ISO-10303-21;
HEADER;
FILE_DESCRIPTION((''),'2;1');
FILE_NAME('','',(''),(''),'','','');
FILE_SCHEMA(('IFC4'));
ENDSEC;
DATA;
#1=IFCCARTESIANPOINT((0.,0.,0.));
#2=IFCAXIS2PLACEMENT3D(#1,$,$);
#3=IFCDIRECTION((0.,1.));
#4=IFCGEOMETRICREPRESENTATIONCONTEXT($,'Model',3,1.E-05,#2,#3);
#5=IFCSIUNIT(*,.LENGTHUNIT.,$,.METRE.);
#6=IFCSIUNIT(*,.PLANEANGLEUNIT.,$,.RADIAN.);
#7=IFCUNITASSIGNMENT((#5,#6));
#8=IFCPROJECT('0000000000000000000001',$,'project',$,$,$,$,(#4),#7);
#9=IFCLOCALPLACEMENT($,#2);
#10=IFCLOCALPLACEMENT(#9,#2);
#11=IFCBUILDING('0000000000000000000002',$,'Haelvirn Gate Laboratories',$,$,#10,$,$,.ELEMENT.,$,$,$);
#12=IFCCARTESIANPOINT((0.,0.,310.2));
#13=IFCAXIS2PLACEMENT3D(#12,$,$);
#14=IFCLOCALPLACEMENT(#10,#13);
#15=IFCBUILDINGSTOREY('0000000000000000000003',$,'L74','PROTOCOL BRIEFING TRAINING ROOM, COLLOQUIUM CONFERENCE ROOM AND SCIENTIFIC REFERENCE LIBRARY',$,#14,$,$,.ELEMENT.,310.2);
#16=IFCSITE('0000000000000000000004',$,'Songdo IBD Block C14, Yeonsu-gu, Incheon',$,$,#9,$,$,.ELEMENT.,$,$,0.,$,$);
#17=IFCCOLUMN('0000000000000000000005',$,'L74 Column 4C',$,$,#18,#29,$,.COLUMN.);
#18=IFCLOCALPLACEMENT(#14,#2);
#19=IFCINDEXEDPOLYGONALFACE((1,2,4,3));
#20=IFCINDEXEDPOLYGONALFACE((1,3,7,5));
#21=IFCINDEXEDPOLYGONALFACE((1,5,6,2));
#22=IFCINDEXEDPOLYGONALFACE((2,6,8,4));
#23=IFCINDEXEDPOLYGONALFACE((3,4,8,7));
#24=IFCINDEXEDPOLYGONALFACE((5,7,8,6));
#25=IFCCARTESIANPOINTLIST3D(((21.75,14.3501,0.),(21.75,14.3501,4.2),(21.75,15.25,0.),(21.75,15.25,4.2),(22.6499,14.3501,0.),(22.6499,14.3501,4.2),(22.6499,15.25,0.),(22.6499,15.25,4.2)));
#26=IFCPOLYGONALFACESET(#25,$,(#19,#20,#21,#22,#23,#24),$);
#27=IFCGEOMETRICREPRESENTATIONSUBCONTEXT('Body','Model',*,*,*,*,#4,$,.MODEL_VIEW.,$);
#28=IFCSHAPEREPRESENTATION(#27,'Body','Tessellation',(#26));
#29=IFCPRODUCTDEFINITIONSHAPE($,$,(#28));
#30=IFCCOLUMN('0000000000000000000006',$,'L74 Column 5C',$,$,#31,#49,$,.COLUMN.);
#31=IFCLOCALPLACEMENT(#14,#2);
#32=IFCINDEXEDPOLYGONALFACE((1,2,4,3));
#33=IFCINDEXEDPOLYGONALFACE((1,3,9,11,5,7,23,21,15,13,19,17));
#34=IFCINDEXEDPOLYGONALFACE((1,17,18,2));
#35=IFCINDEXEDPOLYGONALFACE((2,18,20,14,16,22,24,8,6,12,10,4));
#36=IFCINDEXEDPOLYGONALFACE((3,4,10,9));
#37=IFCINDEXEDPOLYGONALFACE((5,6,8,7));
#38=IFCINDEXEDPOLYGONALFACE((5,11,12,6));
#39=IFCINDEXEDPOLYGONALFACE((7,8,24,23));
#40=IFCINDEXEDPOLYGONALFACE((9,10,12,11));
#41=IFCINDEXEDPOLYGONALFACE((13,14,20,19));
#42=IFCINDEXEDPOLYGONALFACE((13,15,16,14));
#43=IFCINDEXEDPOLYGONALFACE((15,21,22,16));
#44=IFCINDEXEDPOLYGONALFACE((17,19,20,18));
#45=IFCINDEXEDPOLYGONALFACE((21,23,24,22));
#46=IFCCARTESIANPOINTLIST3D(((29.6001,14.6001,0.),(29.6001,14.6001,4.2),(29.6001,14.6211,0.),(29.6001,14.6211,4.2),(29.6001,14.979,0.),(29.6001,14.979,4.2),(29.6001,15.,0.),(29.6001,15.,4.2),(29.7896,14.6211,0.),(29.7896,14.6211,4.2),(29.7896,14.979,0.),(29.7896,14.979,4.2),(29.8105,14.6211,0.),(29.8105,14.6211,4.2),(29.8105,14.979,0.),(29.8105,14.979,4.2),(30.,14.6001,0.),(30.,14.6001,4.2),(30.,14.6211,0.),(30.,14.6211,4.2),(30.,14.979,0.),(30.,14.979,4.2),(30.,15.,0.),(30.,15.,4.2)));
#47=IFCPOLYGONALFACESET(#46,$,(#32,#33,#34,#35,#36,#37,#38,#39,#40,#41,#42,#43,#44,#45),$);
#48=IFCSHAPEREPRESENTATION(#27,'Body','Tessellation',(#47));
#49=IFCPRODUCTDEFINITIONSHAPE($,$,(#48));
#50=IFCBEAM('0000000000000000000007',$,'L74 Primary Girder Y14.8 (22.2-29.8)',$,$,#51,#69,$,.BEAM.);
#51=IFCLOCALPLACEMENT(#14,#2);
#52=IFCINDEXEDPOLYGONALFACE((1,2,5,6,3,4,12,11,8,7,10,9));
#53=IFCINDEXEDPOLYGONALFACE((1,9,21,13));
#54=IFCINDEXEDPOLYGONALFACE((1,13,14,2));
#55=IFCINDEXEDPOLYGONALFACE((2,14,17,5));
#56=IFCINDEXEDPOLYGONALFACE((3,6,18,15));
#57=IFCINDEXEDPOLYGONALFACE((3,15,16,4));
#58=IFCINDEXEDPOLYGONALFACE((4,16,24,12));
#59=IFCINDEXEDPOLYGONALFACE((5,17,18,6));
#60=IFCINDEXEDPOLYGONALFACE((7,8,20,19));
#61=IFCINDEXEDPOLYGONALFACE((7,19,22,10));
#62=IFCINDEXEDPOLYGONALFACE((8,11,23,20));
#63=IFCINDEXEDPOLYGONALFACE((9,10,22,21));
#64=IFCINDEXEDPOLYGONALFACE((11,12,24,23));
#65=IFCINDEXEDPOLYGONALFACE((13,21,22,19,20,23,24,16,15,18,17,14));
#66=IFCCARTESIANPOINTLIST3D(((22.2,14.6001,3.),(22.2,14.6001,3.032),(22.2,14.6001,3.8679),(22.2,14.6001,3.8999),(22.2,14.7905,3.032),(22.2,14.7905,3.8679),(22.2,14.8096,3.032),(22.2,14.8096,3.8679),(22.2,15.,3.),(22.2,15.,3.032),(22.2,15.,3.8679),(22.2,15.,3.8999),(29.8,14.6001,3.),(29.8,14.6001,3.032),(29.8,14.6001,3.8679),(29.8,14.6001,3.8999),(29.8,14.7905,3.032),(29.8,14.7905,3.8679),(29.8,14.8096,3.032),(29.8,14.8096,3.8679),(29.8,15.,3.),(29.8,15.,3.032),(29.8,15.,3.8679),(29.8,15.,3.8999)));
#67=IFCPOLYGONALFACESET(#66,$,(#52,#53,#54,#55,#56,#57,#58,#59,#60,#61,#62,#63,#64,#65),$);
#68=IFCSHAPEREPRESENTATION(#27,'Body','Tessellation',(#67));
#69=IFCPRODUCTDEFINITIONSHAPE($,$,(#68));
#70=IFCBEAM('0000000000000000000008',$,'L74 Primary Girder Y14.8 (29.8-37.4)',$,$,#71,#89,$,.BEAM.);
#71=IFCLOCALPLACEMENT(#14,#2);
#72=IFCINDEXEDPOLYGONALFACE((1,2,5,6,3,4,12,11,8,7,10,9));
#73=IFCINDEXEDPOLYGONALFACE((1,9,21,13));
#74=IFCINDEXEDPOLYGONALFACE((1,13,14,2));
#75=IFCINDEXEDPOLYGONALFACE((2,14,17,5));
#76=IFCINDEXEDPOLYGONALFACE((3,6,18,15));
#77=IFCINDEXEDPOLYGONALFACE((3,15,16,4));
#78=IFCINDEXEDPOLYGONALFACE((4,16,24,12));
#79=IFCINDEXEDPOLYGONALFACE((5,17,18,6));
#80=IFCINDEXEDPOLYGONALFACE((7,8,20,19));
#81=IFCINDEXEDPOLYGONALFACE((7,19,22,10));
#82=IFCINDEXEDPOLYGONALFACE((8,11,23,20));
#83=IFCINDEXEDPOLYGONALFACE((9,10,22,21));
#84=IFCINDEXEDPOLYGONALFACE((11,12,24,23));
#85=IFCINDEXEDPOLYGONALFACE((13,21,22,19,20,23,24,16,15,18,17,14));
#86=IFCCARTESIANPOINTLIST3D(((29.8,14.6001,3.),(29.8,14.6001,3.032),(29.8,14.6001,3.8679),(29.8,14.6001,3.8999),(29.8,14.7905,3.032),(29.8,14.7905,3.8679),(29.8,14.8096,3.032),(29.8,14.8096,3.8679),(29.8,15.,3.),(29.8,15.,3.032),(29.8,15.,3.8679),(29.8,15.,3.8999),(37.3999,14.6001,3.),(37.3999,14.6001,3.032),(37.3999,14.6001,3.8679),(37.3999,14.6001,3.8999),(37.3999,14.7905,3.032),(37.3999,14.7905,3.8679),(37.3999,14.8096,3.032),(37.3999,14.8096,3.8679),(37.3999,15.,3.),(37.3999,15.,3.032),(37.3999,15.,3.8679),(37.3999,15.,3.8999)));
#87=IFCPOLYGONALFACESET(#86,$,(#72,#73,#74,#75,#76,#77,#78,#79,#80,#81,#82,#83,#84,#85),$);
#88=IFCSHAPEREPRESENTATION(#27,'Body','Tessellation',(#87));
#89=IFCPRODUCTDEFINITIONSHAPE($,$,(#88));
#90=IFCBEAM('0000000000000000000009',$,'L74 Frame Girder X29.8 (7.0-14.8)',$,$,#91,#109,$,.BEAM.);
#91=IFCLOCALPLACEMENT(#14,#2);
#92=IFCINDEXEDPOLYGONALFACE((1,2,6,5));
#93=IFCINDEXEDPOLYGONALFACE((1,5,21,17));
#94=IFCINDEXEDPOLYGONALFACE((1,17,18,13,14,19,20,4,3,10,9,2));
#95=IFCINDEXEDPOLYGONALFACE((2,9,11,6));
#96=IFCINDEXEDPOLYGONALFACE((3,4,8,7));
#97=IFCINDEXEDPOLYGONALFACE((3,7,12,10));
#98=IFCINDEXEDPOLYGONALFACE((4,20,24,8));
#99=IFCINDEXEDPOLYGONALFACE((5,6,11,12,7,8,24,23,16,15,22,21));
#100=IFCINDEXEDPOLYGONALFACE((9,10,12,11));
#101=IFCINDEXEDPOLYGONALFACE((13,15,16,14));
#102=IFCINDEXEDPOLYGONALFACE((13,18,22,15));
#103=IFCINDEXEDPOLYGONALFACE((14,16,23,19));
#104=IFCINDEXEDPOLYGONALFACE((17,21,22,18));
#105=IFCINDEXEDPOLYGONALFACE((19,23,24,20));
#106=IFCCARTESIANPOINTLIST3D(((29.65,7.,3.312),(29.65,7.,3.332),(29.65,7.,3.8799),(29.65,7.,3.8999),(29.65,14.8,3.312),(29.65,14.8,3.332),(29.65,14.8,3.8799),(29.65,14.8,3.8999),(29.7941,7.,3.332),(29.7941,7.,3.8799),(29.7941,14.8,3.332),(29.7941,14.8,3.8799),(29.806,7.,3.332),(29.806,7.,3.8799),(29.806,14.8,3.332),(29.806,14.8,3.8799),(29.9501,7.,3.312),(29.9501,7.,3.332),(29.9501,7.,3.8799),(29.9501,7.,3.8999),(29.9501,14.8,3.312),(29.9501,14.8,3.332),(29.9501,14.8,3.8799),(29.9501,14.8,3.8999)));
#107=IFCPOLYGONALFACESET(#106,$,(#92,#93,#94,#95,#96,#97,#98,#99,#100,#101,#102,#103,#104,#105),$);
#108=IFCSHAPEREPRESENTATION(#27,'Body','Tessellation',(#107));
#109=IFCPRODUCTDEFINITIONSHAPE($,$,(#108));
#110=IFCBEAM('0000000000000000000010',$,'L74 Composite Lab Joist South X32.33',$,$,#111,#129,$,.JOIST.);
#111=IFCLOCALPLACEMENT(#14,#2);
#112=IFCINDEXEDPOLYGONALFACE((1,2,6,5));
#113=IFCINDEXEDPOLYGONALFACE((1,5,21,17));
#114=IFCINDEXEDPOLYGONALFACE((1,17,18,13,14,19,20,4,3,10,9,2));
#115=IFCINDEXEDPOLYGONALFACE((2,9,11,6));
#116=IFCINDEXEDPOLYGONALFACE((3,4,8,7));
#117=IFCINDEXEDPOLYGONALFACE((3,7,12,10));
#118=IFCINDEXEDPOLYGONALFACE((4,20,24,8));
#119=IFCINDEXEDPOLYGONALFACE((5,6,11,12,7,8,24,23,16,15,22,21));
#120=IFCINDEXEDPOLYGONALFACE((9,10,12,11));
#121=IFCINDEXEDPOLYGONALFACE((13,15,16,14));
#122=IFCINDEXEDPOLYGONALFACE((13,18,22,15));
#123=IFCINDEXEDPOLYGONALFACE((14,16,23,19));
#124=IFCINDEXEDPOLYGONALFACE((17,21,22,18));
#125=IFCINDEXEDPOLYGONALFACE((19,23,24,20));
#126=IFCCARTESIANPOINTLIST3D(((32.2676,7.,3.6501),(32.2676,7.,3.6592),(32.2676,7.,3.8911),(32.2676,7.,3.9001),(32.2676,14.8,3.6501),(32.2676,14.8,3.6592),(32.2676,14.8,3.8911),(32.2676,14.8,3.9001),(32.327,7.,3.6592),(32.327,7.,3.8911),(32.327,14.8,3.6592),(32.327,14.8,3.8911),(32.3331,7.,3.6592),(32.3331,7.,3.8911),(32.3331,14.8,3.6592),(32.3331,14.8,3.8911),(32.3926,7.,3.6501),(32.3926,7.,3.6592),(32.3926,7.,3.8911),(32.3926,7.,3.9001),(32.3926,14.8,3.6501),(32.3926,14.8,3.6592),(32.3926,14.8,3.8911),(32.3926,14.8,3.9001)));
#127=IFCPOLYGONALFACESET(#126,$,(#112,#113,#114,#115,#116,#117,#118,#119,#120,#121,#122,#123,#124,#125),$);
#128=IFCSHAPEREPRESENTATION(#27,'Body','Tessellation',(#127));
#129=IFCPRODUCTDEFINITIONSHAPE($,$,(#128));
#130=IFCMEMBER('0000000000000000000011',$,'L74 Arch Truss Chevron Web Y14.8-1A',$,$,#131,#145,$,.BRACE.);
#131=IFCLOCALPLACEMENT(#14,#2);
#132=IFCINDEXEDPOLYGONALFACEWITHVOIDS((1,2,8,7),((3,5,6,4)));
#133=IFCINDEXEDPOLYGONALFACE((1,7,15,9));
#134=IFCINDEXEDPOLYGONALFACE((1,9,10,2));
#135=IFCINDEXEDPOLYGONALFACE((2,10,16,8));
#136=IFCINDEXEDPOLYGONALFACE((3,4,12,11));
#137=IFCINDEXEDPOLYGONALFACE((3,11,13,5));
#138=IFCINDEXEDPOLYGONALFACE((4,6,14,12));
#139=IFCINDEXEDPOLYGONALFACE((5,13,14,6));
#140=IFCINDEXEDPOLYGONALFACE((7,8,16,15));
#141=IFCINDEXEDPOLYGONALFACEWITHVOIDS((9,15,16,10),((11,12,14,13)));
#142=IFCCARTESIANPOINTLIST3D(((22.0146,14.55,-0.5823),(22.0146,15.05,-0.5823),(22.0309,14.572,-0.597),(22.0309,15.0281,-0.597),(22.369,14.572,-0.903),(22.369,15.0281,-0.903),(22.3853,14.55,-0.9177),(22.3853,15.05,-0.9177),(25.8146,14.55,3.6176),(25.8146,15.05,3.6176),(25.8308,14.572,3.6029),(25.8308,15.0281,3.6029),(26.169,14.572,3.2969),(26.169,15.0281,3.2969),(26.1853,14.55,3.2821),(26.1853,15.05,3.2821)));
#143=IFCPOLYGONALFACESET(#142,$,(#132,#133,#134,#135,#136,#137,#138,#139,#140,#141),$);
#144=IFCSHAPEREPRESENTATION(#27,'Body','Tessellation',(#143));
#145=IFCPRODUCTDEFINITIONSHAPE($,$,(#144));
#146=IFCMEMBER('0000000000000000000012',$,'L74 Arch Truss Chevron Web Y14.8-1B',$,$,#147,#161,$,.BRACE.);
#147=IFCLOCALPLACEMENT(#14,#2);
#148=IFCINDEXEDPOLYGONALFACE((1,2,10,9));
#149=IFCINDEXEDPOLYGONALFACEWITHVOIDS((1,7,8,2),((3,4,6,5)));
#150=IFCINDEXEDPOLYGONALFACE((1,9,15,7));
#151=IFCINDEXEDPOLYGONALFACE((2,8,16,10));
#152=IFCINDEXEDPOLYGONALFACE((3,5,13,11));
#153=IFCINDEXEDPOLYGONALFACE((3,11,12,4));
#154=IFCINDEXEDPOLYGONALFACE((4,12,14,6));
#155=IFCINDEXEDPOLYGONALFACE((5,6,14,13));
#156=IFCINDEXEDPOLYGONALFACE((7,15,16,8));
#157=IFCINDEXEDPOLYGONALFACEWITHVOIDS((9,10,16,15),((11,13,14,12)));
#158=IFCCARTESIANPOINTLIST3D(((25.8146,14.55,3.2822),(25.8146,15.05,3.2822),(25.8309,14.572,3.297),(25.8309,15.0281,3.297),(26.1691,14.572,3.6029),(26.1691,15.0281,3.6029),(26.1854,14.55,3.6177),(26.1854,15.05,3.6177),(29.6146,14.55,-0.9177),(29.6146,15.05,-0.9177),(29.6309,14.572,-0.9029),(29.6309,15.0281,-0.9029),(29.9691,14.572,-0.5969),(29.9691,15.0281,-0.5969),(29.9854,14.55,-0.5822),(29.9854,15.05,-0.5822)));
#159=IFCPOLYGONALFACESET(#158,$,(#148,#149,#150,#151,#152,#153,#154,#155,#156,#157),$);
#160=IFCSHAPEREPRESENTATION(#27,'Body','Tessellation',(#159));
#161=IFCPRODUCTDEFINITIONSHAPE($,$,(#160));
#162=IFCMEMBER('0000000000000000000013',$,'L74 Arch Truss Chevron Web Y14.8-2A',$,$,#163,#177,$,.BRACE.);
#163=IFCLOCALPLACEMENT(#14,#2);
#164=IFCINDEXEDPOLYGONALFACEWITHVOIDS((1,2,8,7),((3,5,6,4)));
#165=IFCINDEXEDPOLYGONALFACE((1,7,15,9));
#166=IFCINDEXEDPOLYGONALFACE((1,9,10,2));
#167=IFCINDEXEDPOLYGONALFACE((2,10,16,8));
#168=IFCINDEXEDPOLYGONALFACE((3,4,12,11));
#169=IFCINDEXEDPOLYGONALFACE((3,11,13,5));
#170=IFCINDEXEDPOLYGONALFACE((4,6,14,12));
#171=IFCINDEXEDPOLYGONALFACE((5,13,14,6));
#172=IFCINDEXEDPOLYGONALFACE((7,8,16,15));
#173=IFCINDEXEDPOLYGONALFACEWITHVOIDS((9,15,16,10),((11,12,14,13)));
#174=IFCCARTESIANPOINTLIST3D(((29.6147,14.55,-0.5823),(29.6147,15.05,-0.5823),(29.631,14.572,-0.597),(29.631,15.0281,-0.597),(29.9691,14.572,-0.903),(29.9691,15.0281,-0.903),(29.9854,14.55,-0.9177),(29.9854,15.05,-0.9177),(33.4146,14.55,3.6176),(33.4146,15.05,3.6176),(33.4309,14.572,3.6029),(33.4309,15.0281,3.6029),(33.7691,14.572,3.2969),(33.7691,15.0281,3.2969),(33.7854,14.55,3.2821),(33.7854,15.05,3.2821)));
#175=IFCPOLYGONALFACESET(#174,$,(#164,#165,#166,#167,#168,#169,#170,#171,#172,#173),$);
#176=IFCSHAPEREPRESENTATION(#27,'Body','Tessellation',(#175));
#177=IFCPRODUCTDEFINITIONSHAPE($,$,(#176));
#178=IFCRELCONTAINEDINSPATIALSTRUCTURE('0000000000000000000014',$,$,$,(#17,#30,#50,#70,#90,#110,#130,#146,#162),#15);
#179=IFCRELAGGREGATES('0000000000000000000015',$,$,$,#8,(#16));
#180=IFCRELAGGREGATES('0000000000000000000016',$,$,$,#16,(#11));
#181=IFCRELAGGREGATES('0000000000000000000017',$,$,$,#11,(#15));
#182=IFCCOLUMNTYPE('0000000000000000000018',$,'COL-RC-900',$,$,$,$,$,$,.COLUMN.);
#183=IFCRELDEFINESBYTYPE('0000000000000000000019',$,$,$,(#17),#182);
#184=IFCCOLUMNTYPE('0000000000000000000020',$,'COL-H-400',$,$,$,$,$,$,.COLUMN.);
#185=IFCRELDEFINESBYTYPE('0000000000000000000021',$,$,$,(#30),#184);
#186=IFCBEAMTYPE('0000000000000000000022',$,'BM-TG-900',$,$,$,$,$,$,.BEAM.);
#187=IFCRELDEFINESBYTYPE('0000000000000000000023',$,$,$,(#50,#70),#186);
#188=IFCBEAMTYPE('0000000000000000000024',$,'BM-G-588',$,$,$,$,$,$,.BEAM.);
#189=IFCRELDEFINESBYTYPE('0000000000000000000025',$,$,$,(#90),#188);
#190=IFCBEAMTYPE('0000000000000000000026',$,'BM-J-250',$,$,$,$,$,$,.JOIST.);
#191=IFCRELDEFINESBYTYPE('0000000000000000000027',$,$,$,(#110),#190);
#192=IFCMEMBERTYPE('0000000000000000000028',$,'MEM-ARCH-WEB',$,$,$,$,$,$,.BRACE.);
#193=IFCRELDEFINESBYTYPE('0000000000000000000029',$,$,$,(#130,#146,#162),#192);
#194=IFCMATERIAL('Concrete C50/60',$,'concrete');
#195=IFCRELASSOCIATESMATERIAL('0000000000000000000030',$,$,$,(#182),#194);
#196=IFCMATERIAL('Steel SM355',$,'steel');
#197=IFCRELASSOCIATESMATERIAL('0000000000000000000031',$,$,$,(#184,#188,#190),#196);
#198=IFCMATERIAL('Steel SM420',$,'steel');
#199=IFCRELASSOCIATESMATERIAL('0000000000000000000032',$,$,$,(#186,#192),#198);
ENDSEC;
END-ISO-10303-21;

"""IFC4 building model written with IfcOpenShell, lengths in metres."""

from ifc_helpers import new_model, si_unit, direction, frame, origin, origin_2d, place, context, subcontext, project, spatial, rectangle, hollow_rectangle, i_section, extrude, source, transform, mapped, material, material_profile, profile_set, type_object, type_shapes, element, save


model = new_model("IFC4")

# Units and contexts
model_context = context("Model", 3, precision=1e-05, world=origin(), true_north=direction((0.0, 1.0)))
body_context = subcontext(model_context, "Body", "Model", "MODEL_VIEW")
ifc_project = project(units=[si_unit("LENGTHUNIT", "METRE"), si_unit("PLANEANGLEUNIT", "RADIAN")], contexts=[model_context])

# Site, building, storey
site_placement = place(None, origin())
site = spatial("IfcSite", under=ifc_project, at=site_placement, Name="Songdo IBD Block C14, Yeonsu-gu, Incheon", CompositionType="ELEMENT", RefElevation=0.0)
building_placement = place(site_placement, origin())
building = spatial("IfcBuilding", under=site, at=building_placement, Name="Haelvirn Gate Laboratories", CompositionType="ELEMENT")
storey_placement = place(building_placement, frame((0.0, 0.0, 310.2)))
storey = spatial("IfcBuildingStorey", under=building, at=storey_placement, Name="L74", Description="PROTOCOL BRIEFING TRAINING ROOM, COLLOQUIUM CONFERENCE ROOM AND SCIENTIFIC REFERENCE LIBRARY", CompositionType="ELEMENT", Elevation=310.2)

# Columns
ifc_material_1 = material(Name="Concrete C50/60", Category="concrete")
ifc_material_profile_1 = material_profile(ifc_material_1, rectangle(XDim=0.8999, YDim=0.8999, at=origin_2d()), Name="RC-900x900")
ifc_profile_set_1 = profile_set([ifc_material_profile_1], Name="Concrete C50/60")
column_type_1 = type_object("IfcColumnType", Name="COL-RC-900", PredefinedType="COLUMN", material=ifc_profile_set_1)
shared_shape_1 = source(origin(), body_context, "Body", "SweptSolid", [
    extrude(rectangle(XDim=0.8999, YDim=0.8999, at=origin_2d()), origin(), (0.0, 0.0, 1.0), 4.2),
])
type_shapes(column_type_1, [shared_shape_1])
column_1_placement = place(storey_placement, frame((22.2, 14.8, 0.0), z_axis=(0.0, 0.0, 1.0), x_axis=(1.0, 0.0, 0.0)))
element("IfcColumn", 1, at=column_1_placement, inside=storey, type_object=column_type_1, Name="L74 Column 4C", PredefinedType="COLUMN", context=body_context, shape_type="MappedRepresentation", body=[
    mapped(shared_shape_1, transform((0.0, 0.0, 0.0), scale=1.0)),
])
ifc_material_2 = material(Name="Steel SM355", Category="steel")
ifc_material_profile_2 = material_profile(ifc_material_2, i_section(OverallWidth=0.3999, OverallDepth=0.3999, WebThickness=0.021, FlangeThickness=0.021, at=origin_2d()), Name="H-400x400x21x21")
ifc_profile_set_2 = profile_set([ifc_material_profile_2], Name="Steel SM355")
column_type_2 = type_object("IfcColumnType", Name="COL-H-400", PredefinedType="COLUMN", material=ifc_profile_set_2)
shared_shape_2 = source(origin(), body_context, "Body", "SweptSolid", [
    extrude(i_section(OverallWidth=0.3999, OverallDepth=0.3999, WebThickness=0.021, FlangeThickness=0.021, at=origin_2d()), origin(), (0.0, 0.0, 1.0), 4.2),
])
type_shapes(column_type_2, [shared_shape_2])
column_2_placement = place(storey_placement, frame((29.8, 14.8, 0.0), z_axis=(0.0, 0.0, 1.0), x_axis=(1.0, 0.0, 0.0)))
element("IfcColumn", 2, at=column_2_placement, inside=storey, type_object=column_type_2, Name="L74 Column 5C", PredefinedType="COLUMN", context=body_context, shape_type="MappedRepresentation", body=[
    mapped(shared_shape_2, transform((0.0, 0.0, 0.0), scale=1.0)),
])

# Beams
ifc_material_3 = material(Name="Steel SM420", Category="steel")
ifc_material_profile_3 = material_profile(ifc_material_3, i_section(OverallWidth=0.3999, OverallDepth=0.8999, WebThickness=0.019, FlangeThickness=0.032, at=origin_2d()), Name="H-900x400x19x32")
ifc_profile_set_3 = profile_set([ifc_material_profile_3], Name="Steel SM420")
beam_type_1 = type_object("IfcBeamType", Name="BM-TG-900", PredefinedType="BEAM", material=ifc_profile_set_3)
shared_shape_3 = source(origin(), body_context, "Body", "SweptSolid", [
    extrude(i_section(OverallWidth=0.3999, OverallDepth=0.8999, WebThickness=0.019, FlangeThickness=0.032, at=origin_2d()), origin(), (0.0, 0.0, 1.0), 7.6001),
])
beam_1_placement = place(storey_placement, frame((22.2, 14.8, 3.45), z_axis=(1.0, 0.0, 0.0), x_axis=(0.0, 1.0, 0.0)))
element("IfcBeam", 3, at=beam_1_placement, inside=storey, type_object=beam_type_1, Name="L74 Primary Girder Y14.8 (22.2-29.8)", PredefinedType="BEAM", context=body_context, shape_type="MappedRepresentation", body=[
    mapped(shared_shape_3, transform((0.0, 0.0, 0.0), scale=1.0)),
])
shared_shape_4 = source(origin(), body_context, "Body", "SweptSolid", [
    extrude(i_section(OverallWidth=0.3999, OverallDepth=0.8999, WebThickness=0.019, FlangeThickness=0.032, at=origin_2d()), origin(), (0.0, 0.0, 1.0), 7.5999),
])
type_shapes(beam_type_1, [shared_shape_3, shared_shape_4])
beam_2_placement = place(storey_placement, frame((29.8, 14.8, 3.45), z_axis=(1.0, 0.0, 0.0), x_axis=(0.0, 1.0, 0.0)))
element("IfcBeam", 4, at=beam_2_placement, inside=storey, type_object=beam_type_1, Name="L74 Primary Girder Y14.8 (29.8-37.4)", PredefinedType="BEAM", context=body_context, shape_type="MappedRepresentation", body=[
    mapped(shared_shape_4, transform((0.0, 0.0, 0.0), scale=1.0)),
])
ifc_material_profile_4 = material_profile(ifc_material_2, i_section(OverallWidth=0.3, OverallDepth=0.5879, WebThickness=0.012, FlangeThickness=0.02, at=origin_2d()), Name="H-588x300x12x20")
ifc_profile_set_4 = profile_set([ifc_material_profile_4], Name="Steel SM355")
beam_type_2 = type_object("IfcBeamType", Name="BM-G-588", PredefinedType="BEAM", material=ifc_profile_set_4)
shared_shape_5 = source(origin(), body_context, "Body", "SweptSolid", [
    extrude(i_section(OverallWidth=0.3, OverallDepth=0.5879, WebThickness=0.012, FlangeThickness=0.02, at=origin_2d()), origin(), (0.0, 0.0, 1.0), 7.8),
])
type_shapes(beam_type_2, [shared_shape_5])
beam_3_placement = place(storey_placement, frame((29.8, 7.0, 3.606), z_axis=(0.0, 1.0, 0.0), x_axis=(-1.0, 0.0, 0.0)))
element("IfcBeam", 5, at=beam_3_placement, inside=storey, type_object=beam_type_2, Name="L74 Frame Girder X29.8 (7.0-14.8)", PredefinedType="BEAM", context=body_context, shape_type="MappedRepresentation", body=[
    mapped(shared_shape_5, transform((0.0, 0.0, 0.0), scale=1.0)),
])
ifc_material_profile_5 = material_profile(ifc_material_2, i_section(OverallWidth=0.125, OverallDepth=0.25, WebThickness=0.0061, FlangeThickness=0.009, at=origin_2d()), Name="H-250x125x6x9")
ifc_profile_set_5 = profile_set([ifc_material_profile_5], Name="Steel SM355")
beam_type_3 = type_object("IfcBeamType", Name="BM-J-250", PredefinedType="JOIST", material=ifc_profile_set_5)
shared_shape_6 = source(origin(), body_context, "Body", "SweptSolid", [
    extrude(i_section(OverallWidth=0.125, OverallDepth=0.25, WebThickness=0.0061, FlangeThickness=0.009, at=origin_2d()), origin(), (0.0, 0.0, 1.0), 7.8),
])
type_shapes(beam_type_3, [shared_shape_6])
beam_4_placement = place(storey_placement, frame((32.3301, 7.0, 3.7751), z_axis=(0.0, 1.0, 0.0), x_axis=(-1.0, 0.0, 0.0)))
element("IfcBeam", 6, at=beam_4_placement, inside=storey, type_object=beam_type_3, Name="L74 Composite Lab Joist South X32.33", PredefinedType="JOIST", context=body_context, shape_type="MappedRepresentation", body=[
    mapped(shared_shape_6, transform((0.0, 0.0, 0.0), scale=1.0)),
])

# Members
ifc_material_profile_6 = material_profile(ifc_material_3, hollow_rectangle(XDim=0.5, YDim=0.5, WallThickness=0.022, at=origin_2d()), Name="BOX-500x500x22")
ifc_profile_set_6 = profile_set([ifc_material_profile_6], Name="Steel SM420")
member_type = type_object("IfcMemberType", Name="MEM-ARCH-WEB", PredefinedType="BRACE", material=ifc_profile_set_6)
shared_shape_7 = source(origin(), body_context, "Body", "SweptSolid", [
    extrude(hollow_rectangle(XDim=0.5, YDim=0.5, WallThickness=0.022, at=origin_2d()), origin(), (0.0, 0.0, 1.0), 5.6638),
])
type_shapes(member_type, [shared_shape_7])
for number, where, z_axis, x_axis, name in (
    (7, (22.2, 14.8, -0.75), (0.670922, 0.0, 0.741528), (0.0, 1.0, 0.0), "L74 Arch Truss Chevron Web Y14.8-1A"),
    (8, (26.0, 14.8, 3.45), (0.670922, 0.0, -0.741528), (0.0, 1.0, 0.0), "L74 Arch Truss Chevron Web Y14.8-1B"),
    (9, (29.8, 14.8, -0.75), (0.670922, 0.0, 0.741528), (0.0, 1.0, 0.0), "L74 Arch Truss Chevron Web Y14.8-2A"),
):
    element("IfcMember", number, at=place(storey_placement, frame(where, z_axis=z_axis, x_axis=x_axis)), inside=storey, type_object=member_type, Name=name, PredefinedType="BRACE", context=body_context, shape_type="MappedRepresentation", body=[
        mapped(shared_shape_7, transform((0.0, 0.0, 0.0), scale=1.0)),
    ])

save(model, "model.ifc")
